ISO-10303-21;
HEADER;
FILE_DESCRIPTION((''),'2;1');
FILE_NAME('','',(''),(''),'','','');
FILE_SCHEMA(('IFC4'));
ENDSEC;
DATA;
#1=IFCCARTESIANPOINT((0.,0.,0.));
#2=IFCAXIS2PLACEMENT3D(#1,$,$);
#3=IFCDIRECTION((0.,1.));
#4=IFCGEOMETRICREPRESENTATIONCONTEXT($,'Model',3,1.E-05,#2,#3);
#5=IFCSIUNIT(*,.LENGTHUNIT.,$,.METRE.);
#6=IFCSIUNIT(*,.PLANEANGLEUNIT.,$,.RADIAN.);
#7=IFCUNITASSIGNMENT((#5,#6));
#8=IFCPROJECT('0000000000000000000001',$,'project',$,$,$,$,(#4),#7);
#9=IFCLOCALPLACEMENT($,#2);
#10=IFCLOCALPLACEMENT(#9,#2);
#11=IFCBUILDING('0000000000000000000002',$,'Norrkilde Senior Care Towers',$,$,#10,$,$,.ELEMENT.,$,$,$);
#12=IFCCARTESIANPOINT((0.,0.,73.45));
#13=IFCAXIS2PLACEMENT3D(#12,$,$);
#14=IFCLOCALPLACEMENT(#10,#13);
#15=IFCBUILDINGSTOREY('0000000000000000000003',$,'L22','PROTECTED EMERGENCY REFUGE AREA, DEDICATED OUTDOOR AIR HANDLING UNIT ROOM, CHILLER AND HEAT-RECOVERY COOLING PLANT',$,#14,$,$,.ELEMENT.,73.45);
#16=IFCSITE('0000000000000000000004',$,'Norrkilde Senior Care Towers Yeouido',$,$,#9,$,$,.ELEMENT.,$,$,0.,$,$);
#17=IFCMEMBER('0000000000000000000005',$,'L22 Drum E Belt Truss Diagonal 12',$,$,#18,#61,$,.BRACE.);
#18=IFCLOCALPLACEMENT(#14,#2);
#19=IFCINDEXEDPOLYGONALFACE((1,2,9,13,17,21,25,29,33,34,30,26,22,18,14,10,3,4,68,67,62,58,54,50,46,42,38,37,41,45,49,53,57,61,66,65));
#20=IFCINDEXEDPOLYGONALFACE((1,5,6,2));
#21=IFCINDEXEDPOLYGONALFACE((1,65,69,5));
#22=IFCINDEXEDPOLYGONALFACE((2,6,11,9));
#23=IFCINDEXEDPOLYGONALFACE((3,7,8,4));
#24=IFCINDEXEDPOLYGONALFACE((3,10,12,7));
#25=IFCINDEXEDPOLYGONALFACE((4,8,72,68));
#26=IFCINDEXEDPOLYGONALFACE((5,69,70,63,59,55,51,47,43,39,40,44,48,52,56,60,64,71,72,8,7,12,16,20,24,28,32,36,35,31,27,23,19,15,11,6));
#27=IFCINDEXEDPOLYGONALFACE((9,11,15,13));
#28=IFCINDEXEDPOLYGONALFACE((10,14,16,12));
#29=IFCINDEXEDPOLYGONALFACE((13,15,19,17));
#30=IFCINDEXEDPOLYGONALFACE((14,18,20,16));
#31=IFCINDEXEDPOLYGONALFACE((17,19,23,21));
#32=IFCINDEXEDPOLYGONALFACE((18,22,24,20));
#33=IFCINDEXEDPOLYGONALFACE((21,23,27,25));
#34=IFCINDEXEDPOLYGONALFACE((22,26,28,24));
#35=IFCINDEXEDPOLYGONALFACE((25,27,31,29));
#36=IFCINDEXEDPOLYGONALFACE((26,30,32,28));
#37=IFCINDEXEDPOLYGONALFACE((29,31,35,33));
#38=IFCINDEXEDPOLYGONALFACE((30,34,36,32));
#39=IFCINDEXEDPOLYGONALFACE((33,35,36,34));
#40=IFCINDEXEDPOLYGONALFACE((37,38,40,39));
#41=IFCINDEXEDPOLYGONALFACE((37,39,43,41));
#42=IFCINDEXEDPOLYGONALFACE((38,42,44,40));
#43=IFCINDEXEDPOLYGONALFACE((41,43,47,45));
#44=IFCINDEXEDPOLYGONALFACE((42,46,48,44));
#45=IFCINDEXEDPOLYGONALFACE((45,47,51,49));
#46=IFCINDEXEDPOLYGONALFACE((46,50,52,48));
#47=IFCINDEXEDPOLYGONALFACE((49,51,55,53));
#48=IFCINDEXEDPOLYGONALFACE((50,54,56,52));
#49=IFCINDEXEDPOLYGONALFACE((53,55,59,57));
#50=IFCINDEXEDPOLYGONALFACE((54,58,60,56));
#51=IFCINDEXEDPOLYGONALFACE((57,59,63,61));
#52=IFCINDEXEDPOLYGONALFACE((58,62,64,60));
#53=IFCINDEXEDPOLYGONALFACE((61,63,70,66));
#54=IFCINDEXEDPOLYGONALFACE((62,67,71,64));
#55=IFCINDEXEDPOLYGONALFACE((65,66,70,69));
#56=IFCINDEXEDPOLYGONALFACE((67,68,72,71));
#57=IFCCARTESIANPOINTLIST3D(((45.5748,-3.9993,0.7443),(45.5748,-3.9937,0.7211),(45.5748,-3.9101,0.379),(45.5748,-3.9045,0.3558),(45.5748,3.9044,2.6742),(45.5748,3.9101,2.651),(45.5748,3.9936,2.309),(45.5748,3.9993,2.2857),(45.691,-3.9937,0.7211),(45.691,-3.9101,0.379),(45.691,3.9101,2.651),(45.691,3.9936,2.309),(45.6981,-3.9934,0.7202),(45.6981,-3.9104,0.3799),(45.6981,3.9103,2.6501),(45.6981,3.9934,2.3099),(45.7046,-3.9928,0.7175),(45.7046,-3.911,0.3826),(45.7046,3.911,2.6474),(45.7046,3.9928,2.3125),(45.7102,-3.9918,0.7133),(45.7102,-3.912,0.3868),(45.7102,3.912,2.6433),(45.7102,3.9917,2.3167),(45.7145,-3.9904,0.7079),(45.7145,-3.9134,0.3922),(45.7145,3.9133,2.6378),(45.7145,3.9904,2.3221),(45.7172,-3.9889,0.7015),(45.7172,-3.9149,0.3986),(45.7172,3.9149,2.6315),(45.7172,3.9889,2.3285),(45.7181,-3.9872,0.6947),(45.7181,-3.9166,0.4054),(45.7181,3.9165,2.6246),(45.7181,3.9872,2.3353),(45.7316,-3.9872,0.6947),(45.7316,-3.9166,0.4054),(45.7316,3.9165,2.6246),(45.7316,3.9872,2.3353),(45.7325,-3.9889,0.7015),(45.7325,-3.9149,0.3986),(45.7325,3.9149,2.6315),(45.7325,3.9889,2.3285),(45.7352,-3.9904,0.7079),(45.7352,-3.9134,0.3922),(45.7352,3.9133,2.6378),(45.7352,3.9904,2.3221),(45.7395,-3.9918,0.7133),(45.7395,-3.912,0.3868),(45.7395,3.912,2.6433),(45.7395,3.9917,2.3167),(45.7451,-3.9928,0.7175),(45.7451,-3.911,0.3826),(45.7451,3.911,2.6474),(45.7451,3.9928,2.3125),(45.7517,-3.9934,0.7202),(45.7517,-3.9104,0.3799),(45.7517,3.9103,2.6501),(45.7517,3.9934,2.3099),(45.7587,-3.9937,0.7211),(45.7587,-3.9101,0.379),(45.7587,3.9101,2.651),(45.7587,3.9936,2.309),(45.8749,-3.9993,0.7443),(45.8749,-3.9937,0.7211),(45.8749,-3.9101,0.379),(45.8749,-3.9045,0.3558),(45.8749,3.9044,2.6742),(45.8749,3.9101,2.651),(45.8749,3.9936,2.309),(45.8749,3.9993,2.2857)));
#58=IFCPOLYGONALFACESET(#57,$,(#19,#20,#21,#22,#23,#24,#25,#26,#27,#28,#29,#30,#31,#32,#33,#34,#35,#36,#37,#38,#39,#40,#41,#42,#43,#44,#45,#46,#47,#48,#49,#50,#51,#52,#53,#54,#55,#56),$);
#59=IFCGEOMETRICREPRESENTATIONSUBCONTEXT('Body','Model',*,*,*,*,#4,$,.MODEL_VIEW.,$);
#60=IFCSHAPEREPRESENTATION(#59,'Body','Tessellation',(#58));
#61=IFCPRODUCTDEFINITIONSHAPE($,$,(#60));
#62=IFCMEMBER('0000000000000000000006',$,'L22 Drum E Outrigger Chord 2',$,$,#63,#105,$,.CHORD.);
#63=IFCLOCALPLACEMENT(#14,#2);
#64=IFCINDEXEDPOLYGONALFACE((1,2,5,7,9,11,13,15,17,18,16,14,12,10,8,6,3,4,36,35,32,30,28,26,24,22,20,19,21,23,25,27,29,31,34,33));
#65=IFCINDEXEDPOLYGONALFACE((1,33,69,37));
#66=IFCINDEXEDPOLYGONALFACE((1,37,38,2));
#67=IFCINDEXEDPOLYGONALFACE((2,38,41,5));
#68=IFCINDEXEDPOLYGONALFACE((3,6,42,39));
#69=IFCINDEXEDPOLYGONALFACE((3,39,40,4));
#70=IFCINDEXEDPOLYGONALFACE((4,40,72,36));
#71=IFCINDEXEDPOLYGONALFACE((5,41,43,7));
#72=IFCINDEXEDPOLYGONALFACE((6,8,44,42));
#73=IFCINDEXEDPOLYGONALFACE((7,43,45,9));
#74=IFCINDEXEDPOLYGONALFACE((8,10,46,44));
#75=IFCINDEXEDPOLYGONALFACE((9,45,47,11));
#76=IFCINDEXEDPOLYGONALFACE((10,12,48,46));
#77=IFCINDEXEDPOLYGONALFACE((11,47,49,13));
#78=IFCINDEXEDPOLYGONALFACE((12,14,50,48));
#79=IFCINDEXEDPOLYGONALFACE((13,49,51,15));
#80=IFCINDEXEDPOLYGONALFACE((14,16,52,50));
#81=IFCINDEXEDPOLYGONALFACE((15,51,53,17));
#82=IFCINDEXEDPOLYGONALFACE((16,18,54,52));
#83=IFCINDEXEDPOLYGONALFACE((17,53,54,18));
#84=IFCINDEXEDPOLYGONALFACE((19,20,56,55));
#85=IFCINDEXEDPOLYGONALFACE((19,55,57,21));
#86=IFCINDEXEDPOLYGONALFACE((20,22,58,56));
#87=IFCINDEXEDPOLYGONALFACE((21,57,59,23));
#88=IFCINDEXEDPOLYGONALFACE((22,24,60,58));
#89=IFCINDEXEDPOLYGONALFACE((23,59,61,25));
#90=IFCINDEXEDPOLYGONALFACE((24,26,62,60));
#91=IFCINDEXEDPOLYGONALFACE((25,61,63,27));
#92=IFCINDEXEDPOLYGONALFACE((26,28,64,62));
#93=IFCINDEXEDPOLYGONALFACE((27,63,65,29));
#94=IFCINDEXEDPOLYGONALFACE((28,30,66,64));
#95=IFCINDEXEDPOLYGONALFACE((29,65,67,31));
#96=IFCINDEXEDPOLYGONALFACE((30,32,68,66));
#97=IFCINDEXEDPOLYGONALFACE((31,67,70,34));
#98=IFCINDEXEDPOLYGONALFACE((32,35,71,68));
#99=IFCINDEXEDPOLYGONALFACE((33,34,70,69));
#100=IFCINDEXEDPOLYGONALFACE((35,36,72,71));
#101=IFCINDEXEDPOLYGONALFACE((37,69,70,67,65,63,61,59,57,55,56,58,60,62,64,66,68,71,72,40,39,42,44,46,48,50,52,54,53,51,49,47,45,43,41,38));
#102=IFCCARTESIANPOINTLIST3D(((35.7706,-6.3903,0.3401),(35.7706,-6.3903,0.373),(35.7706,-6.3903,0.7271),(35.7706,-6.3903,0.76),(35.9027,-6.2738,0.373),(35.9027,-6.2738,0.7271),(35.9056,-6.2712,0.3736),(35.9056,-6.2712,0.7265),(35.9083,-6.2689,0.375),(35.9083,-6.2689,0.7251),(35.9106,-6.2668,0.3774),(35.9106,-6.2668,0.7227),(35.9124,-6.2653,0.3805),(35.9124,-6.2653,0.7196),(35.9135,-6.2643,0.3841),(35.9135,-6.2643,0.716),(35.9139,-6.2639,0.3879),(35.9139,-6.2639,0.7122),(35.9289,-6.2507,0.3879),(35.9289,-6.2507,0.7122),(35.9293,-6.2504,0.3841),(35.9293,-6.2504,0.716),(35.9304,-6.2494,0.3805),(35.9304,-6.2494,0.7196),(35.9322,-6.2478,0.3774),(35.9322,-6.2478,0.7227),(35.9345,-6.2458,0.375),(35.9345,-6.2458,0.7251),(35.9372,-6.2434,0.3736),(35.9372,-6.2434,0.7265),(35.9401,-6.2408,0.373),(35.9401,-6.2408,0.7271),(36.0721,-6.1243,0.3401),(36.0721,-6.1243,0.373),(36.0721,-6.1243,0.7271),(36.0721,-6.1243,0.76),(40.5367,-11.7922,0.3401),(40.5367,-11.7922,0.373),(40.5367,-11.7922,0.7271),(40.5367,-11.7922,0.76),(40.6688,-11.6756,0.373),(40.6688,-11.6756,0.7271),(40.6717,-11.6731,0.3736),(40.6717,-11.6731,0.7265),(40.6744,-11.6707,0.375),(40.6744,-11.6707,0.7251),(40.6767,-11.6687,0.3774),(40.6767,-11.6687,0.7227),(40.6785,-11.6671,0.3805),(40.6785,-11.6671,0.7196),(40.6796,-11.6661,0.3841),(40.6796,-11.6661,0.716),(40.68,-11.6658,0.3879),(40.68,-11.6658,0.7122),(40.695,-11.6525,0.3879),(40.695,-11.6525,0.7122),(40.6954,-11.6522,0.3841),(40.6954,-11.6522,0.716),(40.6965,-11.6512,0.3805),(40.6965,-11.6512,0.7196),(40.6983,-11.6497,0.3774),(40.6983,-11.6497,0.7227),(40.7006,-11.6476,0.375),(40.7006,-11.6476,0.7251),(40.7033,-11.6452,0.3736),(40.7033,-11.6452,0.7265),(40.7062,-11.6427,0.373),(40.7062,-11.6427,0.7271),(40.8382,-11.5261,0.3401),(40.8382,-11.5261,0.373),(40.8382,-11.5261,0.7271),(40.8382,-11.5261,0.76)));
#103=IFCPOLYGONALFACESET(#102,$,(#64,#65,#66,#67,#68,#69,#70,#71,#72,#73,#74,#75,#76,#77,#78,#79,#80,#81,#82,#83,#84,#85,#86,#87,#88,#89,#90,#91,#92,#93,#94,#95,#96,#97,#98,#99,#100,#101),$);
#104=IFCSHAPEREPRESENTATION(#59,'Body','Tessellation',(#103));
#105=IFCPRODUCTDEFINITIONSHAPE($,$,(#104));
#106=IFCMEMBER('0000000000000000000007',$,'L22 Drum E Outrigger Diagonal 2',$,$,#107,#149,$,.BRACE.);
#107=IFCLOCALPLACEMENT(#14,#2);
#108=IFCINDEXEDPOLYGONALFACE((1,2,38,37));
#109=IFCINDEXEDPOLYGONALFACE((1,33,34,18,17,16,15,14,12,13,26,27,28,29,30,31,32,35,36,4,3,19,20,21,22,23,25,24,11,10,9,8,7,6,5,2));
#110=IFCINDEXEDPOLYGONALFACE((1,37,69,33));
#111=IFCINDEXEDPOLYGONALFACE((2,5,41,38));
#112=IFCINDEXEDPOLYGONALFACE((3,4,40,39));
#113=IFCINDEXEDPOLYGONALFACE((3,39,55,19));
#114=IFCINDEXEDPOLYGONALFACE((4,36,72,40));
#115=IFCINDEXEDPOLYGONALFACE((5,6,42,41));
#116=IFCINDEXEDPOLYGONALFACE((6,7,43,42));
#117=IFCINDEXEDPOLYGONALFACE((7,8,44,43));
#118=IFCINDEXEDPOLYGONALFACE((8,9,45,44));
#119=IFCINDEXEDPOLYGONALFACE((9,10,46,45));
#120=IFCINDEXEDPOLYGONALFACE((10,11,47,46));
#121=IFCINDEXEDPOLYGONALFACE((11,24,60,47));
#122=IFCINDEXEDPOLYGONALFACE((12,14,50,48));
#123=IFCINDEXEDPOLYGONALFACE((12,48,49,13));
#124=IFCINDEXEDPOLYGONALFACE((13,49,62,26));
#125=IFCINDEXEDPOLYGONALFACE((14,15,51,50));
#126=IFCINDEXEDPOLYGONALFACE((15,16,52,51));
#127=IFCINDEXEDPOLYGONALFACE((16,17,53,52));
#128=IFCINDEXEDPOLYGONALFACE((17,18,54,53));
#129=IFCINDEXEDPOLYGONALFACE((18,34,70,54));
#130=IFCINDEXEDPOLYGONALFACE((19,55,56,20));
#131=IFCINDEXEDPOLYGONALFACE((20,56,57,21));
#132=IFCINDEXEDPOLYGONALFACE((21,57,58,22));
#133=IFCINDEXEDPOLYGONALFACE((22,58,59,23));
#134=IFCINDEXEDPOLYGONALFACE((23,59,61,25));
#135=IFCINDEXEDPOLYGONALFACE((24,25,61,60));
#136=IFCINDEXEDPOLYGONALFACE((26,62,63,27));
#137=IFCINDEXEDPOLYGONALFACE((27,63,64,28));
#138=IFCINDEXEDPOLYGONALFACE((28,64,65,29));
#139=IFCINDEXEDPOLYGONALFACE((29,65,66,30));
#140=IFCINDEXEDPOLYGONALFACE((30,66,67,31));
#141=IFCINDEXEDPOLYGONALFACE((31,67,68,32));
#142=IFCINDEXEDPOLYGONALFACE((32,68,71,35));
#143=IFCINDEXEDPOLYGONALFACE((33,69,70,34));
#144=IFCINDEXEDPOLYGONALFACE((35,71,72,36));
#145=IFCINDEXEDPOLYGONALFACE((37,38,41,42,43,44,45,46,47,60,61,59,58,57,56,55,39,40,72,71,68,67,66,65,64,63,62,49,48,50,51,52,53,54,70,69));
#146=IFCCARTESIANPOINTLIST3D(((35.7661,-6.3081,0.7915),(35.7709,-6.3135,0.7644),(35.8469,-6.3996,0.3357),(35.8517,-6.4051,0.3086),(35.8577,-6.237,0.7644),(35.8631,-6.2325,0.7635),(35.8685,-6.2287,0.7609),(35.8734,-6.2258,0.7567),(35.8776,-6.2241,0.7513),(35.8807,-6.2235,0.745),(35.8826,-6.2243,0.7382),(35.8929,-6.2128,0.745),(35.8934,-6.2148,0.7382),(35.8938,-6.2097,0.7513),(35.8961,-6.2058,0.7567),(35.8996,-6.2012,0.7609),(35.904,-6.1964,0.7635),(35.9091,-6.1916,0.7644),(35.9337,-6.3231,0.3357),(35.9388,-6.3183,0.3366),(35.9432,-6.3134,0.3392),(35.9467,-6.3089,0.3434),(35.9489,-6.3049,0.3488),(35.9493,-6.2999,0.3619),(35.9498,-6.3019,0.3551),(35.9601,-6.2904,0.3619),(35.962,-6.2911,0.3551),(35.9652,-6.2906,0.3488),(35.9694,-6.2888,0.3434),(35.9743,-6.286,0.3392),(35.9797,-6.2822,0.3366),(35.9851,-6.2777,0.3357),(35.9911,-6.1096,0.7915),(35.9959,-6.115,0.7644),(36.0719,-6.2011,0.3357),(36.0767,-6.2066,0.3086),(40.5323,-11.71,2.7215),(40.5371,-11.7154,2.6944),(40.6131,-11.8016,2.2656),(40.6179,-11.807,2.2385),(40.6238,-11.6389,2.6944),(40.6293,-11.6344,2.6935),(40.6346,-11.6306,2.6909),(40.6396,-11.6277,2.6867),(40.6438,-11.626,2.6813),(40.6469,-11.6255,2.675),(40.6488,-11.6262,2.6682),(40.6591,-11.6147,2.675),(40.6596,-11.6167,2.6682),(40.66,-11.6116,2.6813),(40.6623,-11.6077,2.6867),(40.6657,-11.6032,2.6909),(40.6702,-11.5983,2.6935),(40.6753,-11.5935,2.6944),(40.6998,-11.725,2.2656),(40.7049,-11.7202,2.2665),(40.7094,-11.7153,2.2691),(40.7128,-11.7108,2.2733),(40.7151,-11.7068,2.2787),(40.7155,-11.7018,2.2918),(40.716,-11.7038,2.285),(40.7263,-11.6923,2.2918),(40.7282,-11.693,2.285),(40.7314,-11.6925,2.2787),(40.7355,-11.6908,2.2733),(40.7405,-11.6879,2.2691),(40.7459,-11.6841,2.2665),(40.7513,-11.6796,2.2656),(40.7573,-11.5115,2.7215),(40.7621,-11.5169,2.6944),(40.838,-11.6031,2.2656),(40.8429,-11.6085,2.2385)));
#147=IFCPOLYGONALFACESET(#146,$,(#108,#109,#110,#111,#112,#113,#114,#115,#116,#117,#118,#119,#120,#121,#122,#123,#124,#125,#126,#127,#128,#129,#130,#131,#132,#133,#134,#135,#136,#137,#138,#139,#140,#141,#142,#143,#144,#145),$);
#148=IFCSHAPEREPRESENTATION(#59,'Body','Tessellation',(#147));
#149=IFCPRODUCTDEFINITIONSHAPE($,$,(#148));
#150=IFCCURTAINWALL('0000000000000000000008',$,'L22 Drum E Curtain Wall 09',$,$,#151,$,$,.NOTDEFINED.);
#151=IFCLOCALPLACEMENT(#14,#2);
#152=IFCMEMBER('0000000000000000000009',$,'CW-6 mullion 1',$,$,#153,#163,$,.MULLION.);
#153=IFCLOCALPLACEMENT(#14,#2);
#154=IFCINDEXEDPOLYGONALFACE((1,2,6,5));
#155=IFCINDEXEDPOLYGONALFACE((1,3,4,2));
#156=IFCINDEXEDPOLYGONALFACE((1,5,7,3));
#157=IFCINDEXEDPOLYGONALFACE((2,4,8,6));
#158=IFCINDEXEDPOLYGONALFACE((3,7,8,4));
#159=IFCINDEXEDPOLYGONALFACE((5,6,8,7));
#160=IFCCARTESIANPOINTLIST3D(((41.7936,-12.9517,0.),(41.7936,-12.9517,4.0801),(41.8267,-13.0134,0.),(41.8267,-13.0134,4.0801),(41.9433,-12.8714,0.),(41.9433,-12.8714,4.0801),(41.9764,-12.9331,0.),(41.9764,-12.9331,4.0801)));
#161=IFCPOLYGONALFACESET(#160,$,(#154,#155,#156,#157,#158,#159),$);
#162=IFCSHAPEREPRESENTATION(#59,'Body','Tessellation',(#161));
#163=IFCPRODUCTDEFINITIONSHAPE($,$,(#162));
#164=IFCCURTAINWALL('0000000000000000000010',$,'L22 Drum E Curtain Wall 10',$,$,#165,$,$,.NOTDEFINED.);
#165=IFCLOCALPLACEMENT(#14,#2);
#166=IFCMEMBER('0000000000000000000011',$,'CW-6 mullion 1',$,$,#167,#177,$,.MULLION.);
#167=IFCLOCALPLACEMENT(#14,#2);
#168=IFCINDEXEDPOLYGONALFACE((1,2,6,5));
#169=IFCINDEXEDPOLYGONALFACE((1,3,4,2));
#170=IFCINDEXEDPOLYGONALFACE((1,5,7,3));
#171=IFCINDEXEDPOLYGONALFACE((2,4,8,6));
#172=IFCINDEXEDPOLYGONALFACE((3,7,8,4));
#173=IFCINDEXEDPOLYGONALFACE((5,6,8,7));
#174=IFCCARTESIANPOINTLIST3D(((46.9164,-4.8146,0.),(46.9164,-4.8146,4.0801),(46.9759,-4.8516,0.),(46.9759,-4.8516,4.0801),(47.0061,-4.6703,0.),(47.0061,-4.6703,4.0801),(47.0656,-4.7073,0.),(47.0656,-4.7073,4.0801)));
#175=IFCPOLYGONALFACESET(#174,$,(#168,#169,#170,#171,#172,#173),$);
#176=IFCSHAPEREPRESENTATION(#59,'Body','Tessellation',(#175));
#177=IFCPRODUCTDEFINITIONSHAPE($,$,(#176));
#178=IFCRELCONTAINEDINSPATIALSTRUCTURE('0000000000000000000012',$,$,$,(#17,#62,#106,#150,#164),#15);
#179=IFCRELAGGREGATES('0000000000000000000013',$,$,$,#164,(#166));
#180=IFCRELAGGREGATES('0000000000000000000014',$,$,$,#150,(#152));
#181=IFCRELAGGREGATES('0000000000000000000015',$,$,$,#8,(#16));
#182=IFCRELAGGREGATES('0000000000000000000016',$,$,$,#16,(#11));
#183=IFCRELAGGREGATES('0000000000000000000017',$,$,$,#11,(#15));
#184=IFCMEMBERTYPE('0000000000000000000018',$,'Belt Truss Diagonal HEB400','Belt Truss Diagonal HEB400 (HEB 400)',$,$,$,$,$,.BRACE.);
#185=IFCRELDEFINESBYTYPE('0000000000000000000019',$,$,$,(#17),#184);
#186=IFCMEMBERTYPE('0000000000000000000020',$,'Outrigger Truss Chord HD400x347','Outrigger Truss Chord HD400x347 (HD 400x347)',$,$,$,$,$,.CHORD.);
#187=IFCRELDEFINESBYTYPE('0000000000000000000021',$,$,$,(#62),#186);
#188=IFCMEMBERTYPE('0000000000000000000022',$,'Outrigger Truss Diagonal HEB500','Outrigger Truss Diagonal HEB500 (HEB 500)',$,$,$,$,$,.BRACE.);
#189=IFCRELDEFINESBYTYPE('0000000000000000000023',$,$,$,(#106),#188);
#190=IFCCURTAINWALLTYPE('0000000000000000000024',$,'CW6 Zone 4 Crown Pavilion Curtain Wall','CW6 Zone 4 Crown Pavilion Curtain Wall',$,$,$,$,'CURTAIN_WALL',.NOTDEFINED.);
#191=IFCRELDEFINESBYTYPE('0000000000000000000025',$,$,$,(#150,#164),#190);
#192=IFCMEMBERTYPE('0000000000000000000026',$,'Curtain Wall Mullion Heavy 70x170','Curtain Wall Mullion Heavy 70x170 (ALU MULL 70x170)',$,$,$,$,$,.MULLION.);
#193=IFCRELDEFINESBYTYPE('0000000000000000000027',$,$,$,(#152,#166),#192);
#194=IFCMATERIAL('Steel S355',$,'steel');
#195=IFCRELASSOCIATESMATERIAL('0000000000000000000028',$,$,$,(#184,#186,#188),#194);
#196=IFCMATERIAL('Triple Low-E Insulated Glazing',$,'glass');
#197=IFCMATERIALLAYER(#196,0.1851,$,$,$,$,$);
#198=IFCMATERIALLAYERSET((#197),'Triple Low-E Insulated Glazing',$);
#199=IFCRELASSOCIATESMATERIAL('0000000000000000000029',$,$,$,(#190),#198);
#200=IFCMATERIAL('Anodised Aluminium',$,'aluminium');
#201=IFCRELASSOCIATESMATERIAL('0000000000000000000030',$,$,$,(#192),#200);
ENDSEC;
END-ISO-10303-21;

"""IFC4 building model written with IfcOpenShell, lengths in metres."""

from ifc_helpers import new_model, si_unit, direction, frame, origin, origin_2d, place, context, subcontext, project, spatial, rectangle, i_section, extrude, source, transform, mapped, material, layer, layer_set, material_profile, profile_set, type_object, type_shapes, element, aggregate, save


model = new_model("IFC4")

# Units and contexts
model_context = context("Model", 3, precision=1e-05, world=origin(), true_north=direction((0.0, 1.0)))
body_context = subcontext(model_context, "Body", "Model", "MODEL_VIEW")
ifc_project = project(units=[si_unit("LENGTHUNIT", "METRE"), si_unit("PLANEANGLEUNIT", "RADIAN")], contexts=[model_context])

# Site, building, storey
site_placement = place(None, origin())
site = spatial("IfcSite", under=ifc_project, at=site_placement, Name="Norrkilde Senior Care Towers Yeouido", CompositionType="ELEMENT", RefElevation=0.0)
building_placement = place(site_placement, origin())
building = spatial("IfcBuilding", under=site, at=building_placement, Name="Norrkilde Senior Care Towers", CompositionType="ELEMENT")
storey_placement = place(building_placement, frame((0.0, 0.0, 73.45)))
storey = spatial("IfcBuildingStorey", under=building, at=storey_placement, Name="L22", Description="PROTECTED EMERGENCY REFUGE AREA, DEDICATED OUTDOOR AIR HANDLING UNIT ROOM, CHILLER AND HEAT-RECOVERY COOLING PLANT", CompositionType="ELEMENT", Elevation=73.45)

# Members
ifc_material_1 = material(Name="Steel S355", Category="steel")
ifc_material_profile_1 = material_profile(ifc_material_1, i_section(OverallWidth=0.3, OverallDepth=0.3999, WebThickness=0.0134, FlangeThickness=0.0239, FilletRadius=0.0271, at=origin_2d()), Name="HEB 400")
ifc_profile_set_1 = profile_set([ifc_material_profile_1], Name="Steel S355")
member_type_1 = type_object("IfcMemberType", Name="Belt Truss Diagonal HEB400", Description="Belt Truss Diagonal HEB400 (HEB 400)", PredefinedType="BRACE", material=ifc_profile_set_1)
shared_shape_1 = source(origin(), body_context, "Body", "SweptSolid", [
    extrude(i_section(OverallWidth=0.3, OverallDepth=0.3999, WebThickness=0.0134, FlangeThickness=0.0239, FilletRadius=0.0271, at=origin_2d()), origin(), (0.0, 0.0, 1.0), 8.136),
])
member_1_placement = place(storey_placement, frame((45.7249, -3.9519, 0.55), z_axis=(0.0, 0.971459, 0.237208), x_axis=(-1.0, 0.0, 0.0)))
element("IfcMember", 1, at=member_1_placement, inside=storey, type_object=member_type_1, Name="L22 Drum E Belt Truss Diagonal 12", PredefinedType="BRACE", context=body_context, shape_type="MappedRepresentation", body=[
    mapped(shared_shape_1, transform((0.0, 0.0, 0.0), x_axis=(1.0, 0.0, 0.0), y_axis=(0.0, 1.0, 0.0), z_axis=(0.0, 0.0, 1.0), scale=1.0)),
])
ifc_material_profile_2 = material_profile(ifc_material_1, i_section(OverallWidth=0.4021, OverallDepth=0.4199, WebThickness=0.02, FlangeThickness=0.033, FilletRadius=0.0149, at=origin_2d()), Name="HD 400x347")
ifc_profile_set_2 = profile_set([ifc_material_profile_2], Name="Steel S355")
member_type_2 = type_object("IfcMemberType", Name="Outrigger Truss Chord HD400x347", Description="Outrigger Truss Chord HD400x347 (HD 400x347)", PredefinedType="CHORD", material=ifc_profile_set_2)
shared_shape_2 = source(origin(), body_context, "Body", "SweptSolid", [
    extrude(i_section(OverallWidth=0.4021, OverallDepth=0.4199, WebThickness=0.02, FlangeThickness=0.033, FilletRadius=0.0149, at=origin_2d()), origin(), (0.0, 0.0, 1.0), 7.2039),
])
type_shapes(member_type_2, [shared_shape_2])
member_2_placement = place(storey_placement, frame((35.9214, -6.2573, 0.55), z_axis=(0.661604, -0.749854, 0.0), x_axis=(0.749854, 0.661604, 0.0)))
element("IfcMember", 2, at=member_2_placement, inside=storey, type_object=member_type_2, Name="L22 Drum E Outrigger Chord 2", PredefinedType="CHORD", context=body_context, shape_type="MappedRepresentation", body=[
    mapped(shared_shape_2, transform((0.0, 0.0, 0.0), x_axis=(1.0, 0.0, 0.0), y_axis=(0.0, 1.0, 0.0), z_axis=(0.0, 0.0, 1.0), scale=1.0)),
])
ifc_material_profile_3 = material_profile(ifc_material_1, i_section(OverallWidth=0.3, OverallDepth=0.5, WebThickness=0.0144, FlangeThickness=0.0281, FilletRadius=0.0271, at=origin_2d()), Name="HEB 500")
ifc_profile_set_3 = profile_set([ifc_material_profile_3], Name="Steel S355")
member_type_3 = type_object("IfcMemberType", Name="Outrigger Truss Diagonal HEB500", Description="Outrigger Truss Diagonal HEB500 (HEB 500)", PredefinedType="BRACE", material=ifc_profile_set_3)
shared_shape_3 = source(origin(), body_context, "Body", "SweptSolid", [
    extrude(i_section(OverallWidth=0.3, OverallDepth=0.5, WebThickness=0.0144, FlangeThickness=0.0281, FilletRadius=0.0271, at=origin_2d()), origin(), (0.0, 0.0, 1.0), 7.458),
])
type_shapes(member_type_3, [shared_shape_3])
member_3_placement = place(storey_placement, frame((35.9214, -6.2573, 0.55), z_axis=(0.639068, -0.724312, 0.258776), x_axis=(0.749854, 0.661604, 0.0)))
element("IfcMember", 3, at=member_3_placement, inside=storey, type_object=member_type_3, Name="L22 Drum E Outrigger Diagonal 2", PredefinedType="BRACE", context=body_context, shape_type="MappedRepresentation", body=[
    mapped(shared_shape_3, transform((0.0, 0.0, 0.0), x_axis=(1.0, 0.0, 0.0), y_axis=(0.0, 1.0, 0.0), z_axis=(0.0, 0.0, 1.0), scale=1.0)),
])

# Curtain wall, member
ifc_material_2 = material(Name="Triple Low-E Insulated Glazing", Category="glass")
ifc_layer_1 = layer(ifc_material_2, 0.1851)
ifc_layer_set_1 = layer_set([ifc_layer_1], Name="Triple Low-E Insulated Glazing")
curtain_wall_type = type_object("IfcCurtainWallType", Name="CW6 Zone 4 Crown Pavilion Curtain Wall", Description="CW6 Zone 4 Crown Pavilion Curtain Wall", ElementType="CURTAIN_WALL", PredefinedType="NOTDEFINED", material=ifc_layer_set_1)
curtain_wall_1_placement = place(storey_placement, origin())
curtain_wall_1 = element("IfcCurtainWall", 4, at=curtain_wall_1_placement, inside=storey, type_object=curtain_wall_type, Name="L22 Drum E Curtain Wall 09", PredefinedType="NOTDEFINED")
ifc_material_3 = material(Name="Anodised Aluminium", Category="aluminium")
ifc_material_profile_4 = material_profile(ifc_material_3, rectangle(XDim=0.0701, YDim=0.1699, at=origin_2d()), Name="ALU MULL 70x170")
ifc_profile_set_4 = profile_set([ifc_material_profile_4], Name="Anodised Aluminium")
member_type_4 = type_object("IfcMemberType", Name="Curtain Wall Mullion Heavy 70x170", Description="Curtain Wall Mullion Heavy 70x170 (ALU MULL 70x170)", PredefinedType="MULLION", material=ifc_profile_set_4)
shared_shape_4 = source(origin(), body_context, "Body", "SweptSolid", [
    extrude(rectangle(XDim=0.0701, YDim=0.1699, at=origin_2d()), origin(), (0.0, 0.0, 1.0), 4.0801),
])
type_shapes(member_type_4, [shared_shape_4])
member_4_placement = place(storey_placement, frame((41.885, -12.9424, 0.0), z_axis=(0.0, 0.0, 1.0), x_axis=(0.472608, -0.881273, 0.0)))
member_4 = element("IfcMember", 5, at=member_4_placement, type_object=member_type_4, Name="CW-6 mullion 1", PredefinedType="MULLION", context=body_context, shape_type="MappedRepresentation", body=[
    mapped(shared_shape_4, transform((0.0, 0.0, 0.0), x_axis=(1.0, 0.0, 0.0), y_axis=(0.0, 1.0, 0.0), z_axis=(0.0, 0.0, 1.0), scale=1.0)),
])

# Curtain wall, member
curtain_wall_2_placement = place(storey_placement, origin())
curtain_wall_2 = element("IfcCurtainWall", 6, at=curtain_wall_2_placement, inside=storey, type_object=curtain_wall_type, Name="L22 Drum E Curtain Wall 10", PredefinedType="NOTDEFINED")
member_5_placement = place(storey_placement, frame((46.991, -4.761, 0.0), z_axis=(0.0, 0.0, 1.0), x_axis=(0.849306, -0.527901, 0.0)))
member_5 = element("IfcMember", 7, at=member_5_placement, type_object=member_type_4, Name="CW-6 mullion 1", PredefinedType="MULLION", context=body_context, shape_type="MappedRepresentation", body=[
    mapped(shared_shape_4, transform((0.0, 0.0, 0.0), x_axis=(1.0, 0.0, 0.0), y_axis=(0.0, 1.0, 0.0), z_axis=(0.0, 0.0, 1.0), scale=1.0)),
])

aggregate(curtain_wall_2, [member_5])
aggregate(curtain_wall_1, [member_4])

save(model, "model.ifc")
